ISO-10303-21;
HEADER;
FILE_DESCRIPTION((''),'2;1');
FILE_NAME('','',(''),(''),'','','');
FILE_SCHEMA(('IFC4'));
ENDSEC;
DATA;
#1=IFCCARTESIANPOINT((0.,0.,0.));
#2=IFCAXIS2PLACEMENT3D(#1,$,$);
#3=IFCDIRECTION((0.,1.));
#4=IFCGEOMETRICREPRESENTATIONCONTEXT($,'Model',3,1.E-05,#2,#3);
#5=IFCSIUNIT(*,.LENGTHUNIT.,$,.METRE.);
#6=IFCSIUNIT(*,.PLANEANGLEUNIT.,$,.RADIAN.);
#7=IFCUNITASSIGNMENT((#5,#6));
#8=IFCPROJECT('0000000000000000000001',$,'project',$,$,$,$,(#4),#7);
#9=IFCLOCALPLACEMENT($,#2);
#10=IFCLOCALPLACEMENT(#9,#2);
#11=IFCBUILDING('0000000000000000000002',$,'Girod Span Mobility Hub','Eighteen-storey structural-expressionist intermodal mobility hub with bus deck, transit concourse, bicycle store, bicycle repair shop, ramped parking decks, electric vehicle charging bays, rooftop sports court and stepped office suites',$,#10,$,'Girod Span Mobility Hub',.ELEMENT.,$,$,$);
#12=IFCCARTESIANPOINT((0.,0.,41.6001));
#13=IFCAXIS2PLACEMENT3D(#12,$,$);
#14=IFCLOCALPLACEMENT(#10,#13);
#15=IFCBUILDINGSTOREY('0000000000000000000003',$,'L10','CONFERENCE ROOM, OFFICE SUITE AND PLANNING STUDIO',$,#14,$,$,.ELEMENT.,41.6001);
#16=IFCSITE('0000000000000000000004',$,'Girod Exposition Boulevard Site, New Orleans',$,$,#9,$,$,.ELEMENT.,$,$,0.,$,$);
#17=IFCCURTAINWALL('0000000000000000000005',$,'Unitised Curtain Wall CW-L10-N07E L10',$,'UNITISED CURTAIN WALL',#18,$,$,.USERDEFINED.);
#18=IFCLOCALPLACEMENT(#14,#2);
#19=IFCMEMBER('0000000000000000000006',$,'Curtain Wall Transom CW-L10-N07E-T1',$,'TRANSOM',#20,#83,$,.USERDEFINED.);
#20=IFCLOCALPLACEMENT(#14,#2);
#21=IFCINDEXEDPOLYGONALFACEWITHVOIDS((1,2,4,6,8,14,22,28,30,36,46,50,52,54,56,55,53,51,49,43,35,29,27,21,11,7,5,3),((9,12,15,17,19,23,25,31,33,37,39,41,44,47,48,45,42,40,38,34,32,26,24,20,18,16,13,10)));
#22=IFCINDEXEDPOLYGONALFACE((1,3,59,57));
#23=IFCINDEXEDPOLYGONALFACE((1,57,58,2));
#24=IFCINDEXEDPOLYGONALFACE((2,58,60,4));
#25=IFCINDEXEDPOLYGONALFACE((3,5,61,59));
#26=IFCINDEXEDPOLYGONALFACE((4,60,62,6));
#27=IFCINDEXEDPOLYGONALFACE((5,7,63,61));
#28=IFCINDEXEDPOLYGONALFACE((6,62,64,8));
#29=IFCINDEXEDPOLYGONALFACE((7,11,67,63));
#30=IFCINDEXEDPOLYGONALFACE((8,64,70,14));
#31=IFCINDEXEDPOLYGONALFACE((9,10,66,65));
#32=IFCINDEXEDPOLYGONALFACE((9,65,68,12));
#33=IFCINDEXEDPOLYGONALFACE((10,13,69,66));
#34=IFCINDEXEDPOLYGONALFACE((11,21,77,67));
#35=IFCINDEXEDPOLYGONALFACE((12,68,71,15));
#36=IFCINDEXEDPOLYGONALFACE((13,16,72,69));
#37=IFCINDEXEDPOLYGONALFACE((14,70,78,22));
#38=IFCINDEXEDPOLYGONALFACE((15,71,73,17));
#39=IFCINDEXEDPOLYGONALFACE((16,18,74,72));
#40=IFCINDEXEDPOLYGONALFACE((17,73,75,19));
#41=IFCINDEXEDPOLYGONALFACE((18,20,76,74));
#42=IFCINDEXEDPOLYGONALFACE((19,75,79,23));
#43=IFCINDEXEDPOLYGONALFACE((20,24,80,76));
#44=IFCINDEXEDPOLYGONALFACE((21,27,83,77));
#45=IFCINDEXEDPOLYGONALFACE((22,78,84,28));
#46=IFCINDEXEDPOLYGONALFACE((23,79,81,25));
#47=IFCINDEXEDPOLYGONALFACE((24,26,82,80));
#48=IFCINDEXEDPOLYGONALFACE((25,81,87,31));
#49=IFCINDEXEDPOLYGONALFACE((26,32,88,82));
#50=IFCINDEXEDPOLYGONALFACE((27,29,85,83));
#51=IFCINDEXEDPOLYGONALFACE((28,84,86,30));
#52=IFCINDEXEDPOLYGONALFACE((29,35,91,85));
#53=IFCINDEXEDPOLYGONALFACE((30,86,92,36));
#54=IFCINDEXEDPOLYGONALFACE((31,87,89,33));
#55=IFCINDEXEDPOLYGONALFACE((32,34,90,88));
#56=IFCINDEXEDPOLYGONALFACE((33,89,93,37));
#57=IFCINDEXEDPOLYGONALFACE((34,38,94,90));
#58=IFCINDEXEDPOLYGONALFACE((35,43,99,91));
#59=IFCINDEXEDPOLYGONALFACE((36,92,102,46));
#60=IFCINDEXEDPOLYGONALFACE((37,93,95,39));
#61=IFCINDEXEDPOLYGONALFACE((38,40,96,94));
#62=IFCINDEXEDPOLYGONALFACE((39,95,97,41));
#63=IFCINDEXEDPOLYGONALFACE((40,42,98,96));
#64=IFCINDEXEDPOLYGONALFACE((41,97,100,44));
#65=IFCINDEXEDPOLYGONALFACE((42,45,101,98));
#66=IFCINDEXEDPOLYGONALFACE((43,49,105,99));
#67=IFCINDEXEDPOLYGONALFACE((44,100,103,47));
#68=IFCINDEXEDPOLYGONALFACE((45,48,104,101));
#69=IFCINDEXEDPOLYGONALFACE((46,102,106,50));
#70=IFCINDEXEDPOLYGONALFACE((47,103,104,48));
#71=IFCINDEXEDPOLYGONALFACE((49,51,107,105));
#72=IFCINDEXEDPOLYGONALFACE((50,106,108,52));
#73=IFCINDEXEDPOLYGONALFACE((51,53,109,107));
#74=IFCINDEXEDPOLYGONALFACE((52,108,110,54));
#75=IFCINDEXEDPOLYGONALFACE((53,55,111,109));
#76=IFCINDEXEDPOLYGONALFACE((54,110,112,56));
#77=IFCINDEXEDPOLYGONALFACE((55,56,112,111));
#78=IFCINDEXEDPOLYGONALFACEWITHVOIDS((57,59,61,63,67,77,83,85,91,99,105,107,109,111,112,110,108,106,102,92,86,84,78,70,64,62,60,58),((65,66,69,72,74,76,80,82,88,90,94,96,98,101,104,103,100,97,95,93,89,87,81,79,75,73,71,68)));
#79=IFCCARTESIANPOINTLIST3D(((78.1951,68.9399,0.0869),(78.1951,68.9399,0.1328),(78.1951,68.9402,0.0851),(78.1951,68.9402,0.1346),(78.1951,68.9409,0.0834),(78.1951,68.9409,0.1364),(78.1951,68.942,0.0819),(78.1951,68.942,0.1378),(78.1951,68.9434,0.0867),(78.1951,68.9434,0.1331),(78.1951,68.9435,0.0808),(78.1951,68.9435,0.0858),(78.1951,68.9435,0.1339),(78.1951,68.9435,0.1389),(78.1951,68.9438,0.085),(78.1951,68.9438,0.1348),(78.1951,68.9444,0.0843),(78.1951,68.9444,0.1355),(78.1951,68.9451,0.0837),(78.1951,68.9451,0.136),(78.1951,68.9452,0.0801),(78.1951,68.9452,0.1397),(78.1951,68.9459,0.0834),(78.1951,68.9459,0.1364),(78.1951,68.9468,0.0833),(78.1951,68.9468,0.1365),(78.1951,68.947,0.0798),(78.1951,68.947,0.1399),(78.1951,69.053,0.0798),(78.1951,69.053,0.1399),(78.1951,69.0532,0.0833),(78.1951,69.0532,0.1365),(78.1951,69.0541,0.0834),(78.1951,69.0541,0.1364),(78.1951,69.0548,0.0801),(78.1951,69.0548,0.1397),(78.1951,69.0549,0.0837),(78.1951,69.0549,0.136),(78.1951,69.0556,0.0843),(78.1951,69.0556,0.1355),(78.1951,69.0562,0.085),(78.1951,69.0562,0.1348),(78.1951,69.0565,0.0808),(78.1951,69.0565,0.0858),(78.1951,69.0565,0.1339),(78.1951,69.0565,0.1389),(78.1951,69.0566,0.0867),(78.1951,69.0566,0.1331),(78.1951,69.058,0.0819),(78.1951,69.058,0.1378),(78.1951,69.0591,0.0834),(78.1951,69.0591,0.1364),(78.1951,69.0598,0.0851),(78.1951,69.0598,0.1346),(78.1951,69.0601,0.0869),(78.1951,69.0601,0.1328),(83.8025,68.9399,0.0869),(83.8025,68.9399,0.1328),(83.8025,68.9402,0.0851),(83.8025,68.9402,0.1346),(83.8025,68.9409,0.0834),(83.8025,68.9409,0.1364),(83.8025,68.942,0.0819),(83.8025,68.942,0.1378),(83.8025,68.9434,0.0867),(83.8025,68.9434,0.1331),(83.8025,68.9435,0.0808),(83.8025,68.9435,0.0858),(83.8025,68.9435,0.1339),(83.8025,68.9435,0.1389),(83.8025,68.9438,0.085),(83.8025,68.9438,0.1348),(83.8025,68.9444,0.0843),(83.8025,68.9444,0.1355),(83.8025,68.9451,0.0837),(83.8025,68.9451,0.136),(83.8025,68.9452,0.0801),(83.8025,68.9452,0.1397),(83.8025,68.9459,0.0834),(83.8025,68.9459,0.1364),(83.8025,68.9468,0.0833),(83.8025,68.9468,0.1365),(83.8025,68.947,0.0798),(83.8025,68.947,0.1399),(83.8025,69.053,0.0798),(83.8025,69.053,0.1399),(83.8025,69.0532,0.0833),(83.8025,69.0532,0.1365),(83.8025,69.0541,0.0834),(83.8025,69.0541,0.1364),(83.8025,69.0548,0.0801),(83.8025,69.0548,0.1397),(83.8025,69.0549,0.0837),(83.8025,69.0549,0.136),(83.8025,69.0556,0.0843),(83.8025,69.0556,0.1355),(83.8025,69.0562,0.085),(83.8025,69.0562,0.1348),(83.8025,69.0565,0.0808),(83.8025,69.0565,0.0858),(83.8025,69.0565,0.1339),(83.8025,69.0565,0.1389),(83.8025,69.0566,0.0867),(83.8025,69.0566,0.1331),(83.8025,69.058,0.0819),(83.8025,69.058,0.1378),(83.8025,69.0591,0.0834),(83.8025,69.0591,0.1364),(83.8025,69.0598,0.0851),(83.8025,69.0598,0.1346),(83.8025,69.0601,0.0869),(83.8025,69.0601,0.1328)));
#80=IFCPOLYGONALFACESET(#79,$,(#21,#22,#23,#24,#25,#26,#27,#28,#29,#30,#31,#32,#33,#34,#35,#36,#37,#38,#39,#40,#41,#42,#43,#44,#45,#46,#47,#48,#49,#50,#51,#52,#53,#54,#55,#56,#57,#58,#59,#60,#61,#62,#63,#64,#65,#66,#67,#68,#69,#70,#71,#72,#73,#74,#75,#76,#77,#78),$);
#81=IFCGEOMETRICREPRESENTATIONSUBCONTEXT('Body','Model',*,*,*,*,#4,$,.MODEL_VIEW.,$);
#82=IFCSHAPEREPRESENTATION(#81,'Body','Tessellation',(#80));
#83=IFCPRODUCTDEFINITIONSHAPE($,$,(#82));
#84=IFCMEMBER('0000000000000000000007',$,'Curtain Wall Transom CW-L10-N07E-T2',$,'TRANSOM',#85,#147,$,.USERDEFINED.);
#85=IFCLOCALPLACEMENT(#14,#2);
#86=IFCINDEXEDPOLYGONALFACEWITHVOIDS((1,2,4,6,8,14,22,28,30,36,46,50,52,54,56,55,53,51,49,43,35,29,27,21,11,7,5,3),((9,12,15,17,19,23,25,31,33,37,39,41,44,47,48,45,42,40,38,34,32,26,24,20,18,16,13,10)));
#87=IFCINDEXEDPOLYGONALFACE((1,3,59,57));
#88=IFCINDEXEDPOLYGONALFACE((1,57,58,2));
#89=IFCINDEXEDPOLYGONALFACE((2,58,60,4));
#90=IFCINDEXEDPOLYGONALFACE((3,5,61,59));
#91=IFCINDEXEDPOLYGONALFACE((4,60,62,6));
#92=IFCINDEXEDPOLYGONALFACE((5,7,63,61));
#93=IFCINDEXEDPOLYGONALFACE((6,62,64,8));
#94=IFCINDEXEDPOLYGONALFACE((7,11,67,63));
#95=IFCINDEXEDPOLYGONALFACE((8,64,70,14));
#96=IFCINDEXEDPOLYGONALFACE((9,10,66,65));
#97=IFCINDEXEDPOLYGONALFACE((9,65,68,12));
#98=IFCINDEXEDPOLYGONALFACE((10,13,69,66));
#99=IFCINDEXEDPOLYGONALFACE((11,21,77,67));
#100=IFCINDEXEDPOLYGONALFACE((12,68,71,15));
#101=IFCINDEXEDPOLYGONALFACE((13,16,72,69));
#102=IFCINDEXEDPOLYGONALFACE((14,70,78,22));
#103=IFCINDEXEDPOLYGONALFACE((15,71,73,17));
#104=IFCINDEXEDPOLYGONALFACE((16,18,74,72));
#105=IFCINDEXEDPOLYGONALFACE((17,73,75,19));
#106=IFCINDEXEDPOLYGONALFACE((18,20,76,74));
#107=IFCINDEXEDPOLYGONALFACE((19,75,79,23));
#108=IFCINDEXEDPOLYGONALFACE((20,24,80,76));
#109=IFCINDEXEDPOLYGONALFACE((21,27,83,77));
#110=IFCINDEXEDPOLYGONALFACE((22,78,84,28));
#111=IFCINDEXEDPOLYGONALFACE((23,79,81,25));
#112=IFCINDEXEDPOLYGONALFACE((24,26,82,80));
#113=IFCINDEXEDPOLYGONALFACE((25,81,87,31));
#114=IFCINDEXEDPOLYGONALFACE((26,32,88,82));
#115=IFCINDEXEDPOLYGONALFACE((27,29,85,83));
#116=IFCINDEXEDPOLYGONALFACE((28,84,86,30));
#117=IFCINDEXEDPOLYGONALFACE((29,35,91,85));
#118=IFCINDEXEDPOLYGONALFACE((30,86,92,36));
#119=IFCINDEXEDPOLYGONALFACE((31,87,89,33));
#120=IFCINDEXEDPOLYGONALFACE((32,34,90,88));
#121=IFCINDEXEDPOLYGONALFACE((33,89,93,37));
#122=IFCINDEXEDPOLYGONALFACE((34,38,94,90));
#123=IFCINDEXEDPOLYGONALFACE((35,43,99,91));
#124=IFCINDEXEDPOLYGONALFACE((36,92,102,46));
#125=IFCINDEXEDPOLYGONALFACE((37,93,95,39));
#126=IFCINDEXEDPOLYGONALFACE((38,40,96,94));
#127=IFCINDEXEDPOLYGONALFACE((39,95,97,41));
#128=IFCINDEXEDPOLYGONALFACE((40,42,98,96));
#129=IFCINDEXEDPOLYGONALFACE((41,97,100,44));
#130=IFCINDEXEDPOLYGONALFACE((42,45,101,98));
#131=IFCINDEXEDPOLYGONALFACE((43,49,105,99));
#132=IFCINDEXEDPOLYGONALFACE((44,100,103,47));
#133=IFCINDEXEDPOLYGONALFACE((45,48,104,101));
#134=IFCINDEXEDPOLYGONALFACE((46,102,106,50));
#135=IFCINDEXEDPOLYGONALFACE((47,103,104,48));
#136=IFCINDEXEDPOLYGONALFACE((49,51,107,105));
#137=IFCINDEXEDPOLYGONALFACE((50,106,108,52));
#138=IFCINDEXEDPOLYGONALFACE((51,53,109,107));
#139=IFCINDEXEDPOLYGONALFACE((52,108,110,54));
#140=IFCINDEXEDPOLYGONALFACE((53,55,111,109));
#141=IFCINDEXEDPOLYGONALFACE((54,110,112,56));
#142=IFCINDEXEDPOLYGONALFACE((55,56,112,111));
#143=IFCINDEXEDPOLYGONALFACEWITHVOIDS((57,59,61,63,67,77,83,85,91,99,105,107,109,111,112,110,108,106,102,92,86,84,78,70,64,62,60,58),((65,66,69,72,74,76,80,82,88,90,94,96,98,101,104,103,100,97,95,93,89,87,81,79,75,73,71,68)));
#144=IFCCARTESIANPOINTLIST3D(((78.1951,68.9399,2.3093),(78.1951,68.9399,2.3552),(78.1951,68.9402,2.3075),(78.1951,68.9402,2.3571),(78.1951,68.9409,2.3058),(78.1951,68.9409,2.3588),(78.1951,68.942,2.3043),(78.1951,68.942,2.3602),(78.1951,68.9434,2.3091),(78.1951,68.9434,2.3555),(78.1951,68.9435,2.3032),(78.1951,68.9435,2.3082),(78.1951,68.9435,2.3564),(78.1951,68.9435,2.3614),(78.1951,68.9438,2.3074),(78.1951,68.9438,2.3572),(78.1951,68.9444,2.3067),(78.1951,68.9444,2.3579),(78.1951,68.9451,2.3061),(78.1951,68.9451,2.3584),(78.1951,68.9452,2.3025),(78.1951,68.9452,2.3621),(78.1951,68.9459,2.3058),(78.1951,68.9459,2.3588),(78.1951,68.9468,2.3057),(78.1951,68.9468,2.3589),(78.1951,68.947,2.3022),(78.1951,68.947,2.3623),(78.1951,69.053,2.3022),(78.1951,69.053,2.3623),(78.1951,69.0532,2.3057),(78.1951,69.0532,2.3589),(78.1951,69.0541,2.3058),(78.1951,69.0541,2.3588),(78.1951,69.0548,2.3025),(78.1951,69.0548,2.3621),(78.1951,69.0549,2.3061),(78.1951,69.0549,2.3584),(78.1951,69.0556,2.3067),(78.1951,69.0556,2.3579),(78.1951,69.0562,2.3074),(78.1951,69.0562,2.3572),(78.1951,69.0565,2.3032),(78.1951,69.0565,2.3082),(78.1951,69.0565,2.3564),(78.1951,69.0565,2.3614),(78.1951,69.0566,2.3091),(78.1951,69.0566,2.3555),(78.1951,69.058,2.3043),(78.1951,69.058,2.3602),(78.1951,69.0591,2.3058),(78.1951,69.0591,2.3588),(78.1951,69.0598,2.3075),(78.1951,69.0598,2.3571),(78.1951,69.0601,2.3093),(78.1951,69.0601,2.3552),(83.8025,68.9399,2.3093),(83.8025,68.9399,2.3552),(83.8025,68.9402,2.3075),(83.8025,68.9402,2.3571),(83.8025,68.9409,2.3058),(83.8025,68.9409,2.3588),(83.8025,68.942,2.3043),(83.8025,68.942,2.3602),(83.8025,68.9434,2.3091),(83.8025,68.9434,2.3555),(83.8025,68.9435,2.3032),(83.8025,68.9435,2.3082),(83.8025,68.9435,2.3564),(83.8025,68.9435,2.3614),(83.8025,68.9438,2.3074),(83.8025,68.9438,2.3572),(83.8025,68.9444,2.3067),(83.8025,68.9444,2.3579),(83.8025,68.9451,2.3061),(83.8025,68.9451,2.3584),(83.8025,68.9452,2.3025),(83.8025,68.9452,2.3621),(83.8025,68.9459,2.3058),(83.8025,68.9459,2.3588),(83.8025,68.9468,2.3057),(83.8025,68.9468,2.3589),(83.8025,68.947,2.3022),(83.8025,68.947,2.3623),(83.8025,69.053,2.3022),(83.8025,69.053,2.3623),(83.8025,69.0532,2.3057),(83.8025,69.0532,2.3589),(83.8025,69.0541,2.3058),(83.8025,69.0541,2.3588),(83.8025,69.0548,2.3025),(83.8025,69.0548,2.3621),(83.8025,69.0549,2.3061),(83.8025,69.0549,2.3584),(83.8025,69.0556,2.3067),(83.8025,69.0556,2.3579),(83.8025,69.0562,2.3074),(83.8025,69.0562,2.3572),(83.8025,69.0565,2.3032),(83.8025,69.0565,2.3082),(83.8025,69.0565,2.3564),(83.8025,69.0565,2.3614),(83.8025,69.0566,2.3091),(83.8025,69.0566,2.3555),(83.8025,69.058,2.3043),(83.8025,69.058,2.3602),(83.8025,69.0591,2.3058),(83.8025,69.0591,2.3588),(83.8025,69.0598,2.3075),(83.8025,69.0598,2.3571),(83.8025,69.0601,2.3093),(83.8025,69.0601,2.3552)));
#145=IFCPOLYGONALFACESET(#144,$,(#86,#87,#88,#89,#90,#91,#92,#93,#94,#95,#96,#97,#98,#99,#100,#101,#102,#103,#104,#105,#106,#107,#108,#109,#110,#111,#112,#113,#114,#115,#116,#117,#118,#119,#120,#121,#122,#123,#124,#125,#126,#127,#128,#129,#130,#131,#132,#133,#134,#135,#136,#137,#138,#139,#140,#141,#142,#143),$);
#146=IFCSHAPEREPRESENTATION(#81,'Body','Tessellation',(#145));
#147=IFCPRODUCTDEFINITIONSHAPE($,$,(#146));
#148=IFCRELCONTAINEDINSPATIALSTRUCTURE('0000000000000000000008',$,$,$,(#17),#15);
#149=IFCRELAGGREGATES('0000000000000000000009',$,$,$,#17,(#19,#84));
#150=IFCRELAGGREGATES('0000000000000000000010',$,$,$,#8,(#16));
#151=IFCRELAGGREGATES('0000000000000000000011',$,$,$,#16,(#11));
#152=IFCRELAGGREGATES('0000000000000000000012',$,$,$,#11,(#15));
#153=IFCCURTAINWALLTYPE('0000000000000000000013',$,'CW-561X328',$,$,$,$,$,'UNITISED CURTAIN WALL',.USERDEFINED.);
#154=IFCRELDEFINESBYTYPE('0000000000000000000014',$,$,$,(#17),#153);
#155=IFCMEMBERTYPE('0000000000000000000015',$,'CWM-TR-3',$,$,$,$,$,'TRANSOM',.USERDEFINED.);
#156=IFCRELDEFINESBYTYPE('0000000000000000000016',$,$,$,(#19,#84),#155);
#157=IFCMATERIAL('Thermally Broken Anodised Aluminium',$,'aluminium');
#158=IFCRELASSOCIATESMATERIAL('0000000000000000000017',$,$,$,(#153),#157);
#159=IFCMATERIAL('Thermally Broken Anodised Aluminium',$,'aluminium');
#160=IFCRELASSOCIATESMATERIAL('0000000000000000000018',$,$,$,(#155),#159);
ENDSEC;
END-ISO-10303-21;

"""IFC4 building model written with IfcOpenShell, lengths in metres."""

from ifc_helpers import new_model, si_unit, direction, frame, origin, origin_2d, place, context, subcontext, project, spatial, hollow_rectangle, extrude, material, material_profile, profile_set, type_object, element, aggregate, save


model = new_model("IFC4")

# Units and contexts
model_context = context("Model", 3, precision=1e-05, world=origin(), true_north=direction((0.0, 1.0)))
body_context = subcontext(model_context, "Body", "Model", "MODEL_VIEW")
ifc_project = project(units=[si_unit("LENGTHUNIT", "METRE"), si_unit("PLANEANGLEUNIT", "RADIAN")], contexts=[model_context])

# Site, building, storey
site_placement = place(None, origin())
site = spatial("IfcSite", under=ifc_project, at=site_placement, Name="Girod Exposition Boulevard Site, New Orleans", CompositionType="ELEMENT", RefElevation=0.0)
building_placement = place(site_placement, origin())
building = spatial("IfcBuilding", under=site, at=building_placement, Name="Girod Span Mobility Hub", Description="Eighteen-storey structural-expressionist intermodal mobility hub with bus deck, transit concourse, bicycle store, bicycle repair shop, ramped parking decks, electric vehicle charging bays, rooftop sports court and stepped office suites", LongName="Girod Span Mobility Hub", CompositionType="ELEMENT")
storey_placement = place(building_placement, frame((0.0, 0.0, 41.6001)))
storey = spatial("IfcBuildingStorey", under=building, at=storey_placement, Name="L10", Description="CONFERENCE ROOM, OFFICE SUITE AND PLANNING STUDIO", CompositionType="ELEMENT", Elevation=41.6001)

# Shared definitions
ifc_material_1 = material(Name="Thermally Broken Anodised Aluminium", Category="aluminium")
curtain_wall_type = type_object("IfcCurtainWallType", Name="CW-561X328", ElementType="UNITISED CURTAIN WALL", PredefinedType="USERDEFINED", material=ifc_material_1)

# Curtain wall
curtain_wall_1_placement = place(storey_placement, origin())
curtain_wall_1 = element("IfcCurtainWall", 1, at=curtain_wall_1_placement, inside=storey, type_object=curtain_wall_type, Name="Unitised Curtain Wall CW-L10-N07E L10", ObjectType="UNITISED CURTAIN WALL", PredefinedType="USERDEFINED")

# Members
ifc_material_2 = material(Name="Thermally Broken Anodised Aluminium", Category="aluminium")
ifc_material_profile_1 = material_profile(ifc_material_2, hollow_rectangle(XDim=0.1201, YDim=0.0601, WallThickness=0.0034, InnerFilletRadius=0.0034, OuterFilletRadius=0.0071, at=origin_2d()), Name="CW-TR-60X120")
ifc_profile_set_1 = profile_set([ifc_material_profile_1], Name="Thermally Broken Anodised Aluminium")
member_type_1 = type_object("IfcMemberType", Name="CWM-TR-3", ElementType="TRANSOM", PredefinedType="USERDEFINED", material=ifc_profile_set_1)
member_1_placement = place(storey_placement, frame((78.1951, 69.0, 0.1099), z_axis=(1.0, 0.0, 0.0), x_axis=(0.0, 1.0, 0.0)))
member_1 = element("IfcMember", 2, at=member_1_placement, type_object=member_type_1, Name="Curtain Wall Transom CW-L10-N07E-T1", ObjectType="TRANSOM", PredefinedType="USERDEFINED", context=body_context, shape_type="SweptSolid", body=[
    extrude(hollow_rectangle(XDim=0.1201, YDim=0.0601, WallThickness=0.0034, InnerFilletRadius=0.0034, OuterFilletRadius=0.0071, at=origin_2d()), origin(), (0.0, 0.0, 1.0), 5.6074),
])
member_2_placement = place(storey_placement, frame((78.1951, 69.0, 2.3323), z_axis=(1.0, 0.0, 0.0), x_axis=(0.0, 1.0, 0.0)))
member_2 = element("IfcMember", 3, at=member_2_placement, type_object=member_type_1, Name="Curtain Wall Transom CW-L10-N07E-T2", ObjectType="TRANSOM", PredefinedType="USERDEFINED", context=body_context, shape_type="SweptSolid", body=[
    extrude(hollow_rectangle(XDim=0.1201, YDim=0.0601, WallThickness=0.0034, InnerFilletRadius=0.0034, OuterFilletRadius=0.0071, at=origin_2d()), origin(), (0.0, 0.0, 1.0), 5.6074),
])

aggregate(curtain_wall_1, [member_1, member_2])

save(model, "model.ifc")
